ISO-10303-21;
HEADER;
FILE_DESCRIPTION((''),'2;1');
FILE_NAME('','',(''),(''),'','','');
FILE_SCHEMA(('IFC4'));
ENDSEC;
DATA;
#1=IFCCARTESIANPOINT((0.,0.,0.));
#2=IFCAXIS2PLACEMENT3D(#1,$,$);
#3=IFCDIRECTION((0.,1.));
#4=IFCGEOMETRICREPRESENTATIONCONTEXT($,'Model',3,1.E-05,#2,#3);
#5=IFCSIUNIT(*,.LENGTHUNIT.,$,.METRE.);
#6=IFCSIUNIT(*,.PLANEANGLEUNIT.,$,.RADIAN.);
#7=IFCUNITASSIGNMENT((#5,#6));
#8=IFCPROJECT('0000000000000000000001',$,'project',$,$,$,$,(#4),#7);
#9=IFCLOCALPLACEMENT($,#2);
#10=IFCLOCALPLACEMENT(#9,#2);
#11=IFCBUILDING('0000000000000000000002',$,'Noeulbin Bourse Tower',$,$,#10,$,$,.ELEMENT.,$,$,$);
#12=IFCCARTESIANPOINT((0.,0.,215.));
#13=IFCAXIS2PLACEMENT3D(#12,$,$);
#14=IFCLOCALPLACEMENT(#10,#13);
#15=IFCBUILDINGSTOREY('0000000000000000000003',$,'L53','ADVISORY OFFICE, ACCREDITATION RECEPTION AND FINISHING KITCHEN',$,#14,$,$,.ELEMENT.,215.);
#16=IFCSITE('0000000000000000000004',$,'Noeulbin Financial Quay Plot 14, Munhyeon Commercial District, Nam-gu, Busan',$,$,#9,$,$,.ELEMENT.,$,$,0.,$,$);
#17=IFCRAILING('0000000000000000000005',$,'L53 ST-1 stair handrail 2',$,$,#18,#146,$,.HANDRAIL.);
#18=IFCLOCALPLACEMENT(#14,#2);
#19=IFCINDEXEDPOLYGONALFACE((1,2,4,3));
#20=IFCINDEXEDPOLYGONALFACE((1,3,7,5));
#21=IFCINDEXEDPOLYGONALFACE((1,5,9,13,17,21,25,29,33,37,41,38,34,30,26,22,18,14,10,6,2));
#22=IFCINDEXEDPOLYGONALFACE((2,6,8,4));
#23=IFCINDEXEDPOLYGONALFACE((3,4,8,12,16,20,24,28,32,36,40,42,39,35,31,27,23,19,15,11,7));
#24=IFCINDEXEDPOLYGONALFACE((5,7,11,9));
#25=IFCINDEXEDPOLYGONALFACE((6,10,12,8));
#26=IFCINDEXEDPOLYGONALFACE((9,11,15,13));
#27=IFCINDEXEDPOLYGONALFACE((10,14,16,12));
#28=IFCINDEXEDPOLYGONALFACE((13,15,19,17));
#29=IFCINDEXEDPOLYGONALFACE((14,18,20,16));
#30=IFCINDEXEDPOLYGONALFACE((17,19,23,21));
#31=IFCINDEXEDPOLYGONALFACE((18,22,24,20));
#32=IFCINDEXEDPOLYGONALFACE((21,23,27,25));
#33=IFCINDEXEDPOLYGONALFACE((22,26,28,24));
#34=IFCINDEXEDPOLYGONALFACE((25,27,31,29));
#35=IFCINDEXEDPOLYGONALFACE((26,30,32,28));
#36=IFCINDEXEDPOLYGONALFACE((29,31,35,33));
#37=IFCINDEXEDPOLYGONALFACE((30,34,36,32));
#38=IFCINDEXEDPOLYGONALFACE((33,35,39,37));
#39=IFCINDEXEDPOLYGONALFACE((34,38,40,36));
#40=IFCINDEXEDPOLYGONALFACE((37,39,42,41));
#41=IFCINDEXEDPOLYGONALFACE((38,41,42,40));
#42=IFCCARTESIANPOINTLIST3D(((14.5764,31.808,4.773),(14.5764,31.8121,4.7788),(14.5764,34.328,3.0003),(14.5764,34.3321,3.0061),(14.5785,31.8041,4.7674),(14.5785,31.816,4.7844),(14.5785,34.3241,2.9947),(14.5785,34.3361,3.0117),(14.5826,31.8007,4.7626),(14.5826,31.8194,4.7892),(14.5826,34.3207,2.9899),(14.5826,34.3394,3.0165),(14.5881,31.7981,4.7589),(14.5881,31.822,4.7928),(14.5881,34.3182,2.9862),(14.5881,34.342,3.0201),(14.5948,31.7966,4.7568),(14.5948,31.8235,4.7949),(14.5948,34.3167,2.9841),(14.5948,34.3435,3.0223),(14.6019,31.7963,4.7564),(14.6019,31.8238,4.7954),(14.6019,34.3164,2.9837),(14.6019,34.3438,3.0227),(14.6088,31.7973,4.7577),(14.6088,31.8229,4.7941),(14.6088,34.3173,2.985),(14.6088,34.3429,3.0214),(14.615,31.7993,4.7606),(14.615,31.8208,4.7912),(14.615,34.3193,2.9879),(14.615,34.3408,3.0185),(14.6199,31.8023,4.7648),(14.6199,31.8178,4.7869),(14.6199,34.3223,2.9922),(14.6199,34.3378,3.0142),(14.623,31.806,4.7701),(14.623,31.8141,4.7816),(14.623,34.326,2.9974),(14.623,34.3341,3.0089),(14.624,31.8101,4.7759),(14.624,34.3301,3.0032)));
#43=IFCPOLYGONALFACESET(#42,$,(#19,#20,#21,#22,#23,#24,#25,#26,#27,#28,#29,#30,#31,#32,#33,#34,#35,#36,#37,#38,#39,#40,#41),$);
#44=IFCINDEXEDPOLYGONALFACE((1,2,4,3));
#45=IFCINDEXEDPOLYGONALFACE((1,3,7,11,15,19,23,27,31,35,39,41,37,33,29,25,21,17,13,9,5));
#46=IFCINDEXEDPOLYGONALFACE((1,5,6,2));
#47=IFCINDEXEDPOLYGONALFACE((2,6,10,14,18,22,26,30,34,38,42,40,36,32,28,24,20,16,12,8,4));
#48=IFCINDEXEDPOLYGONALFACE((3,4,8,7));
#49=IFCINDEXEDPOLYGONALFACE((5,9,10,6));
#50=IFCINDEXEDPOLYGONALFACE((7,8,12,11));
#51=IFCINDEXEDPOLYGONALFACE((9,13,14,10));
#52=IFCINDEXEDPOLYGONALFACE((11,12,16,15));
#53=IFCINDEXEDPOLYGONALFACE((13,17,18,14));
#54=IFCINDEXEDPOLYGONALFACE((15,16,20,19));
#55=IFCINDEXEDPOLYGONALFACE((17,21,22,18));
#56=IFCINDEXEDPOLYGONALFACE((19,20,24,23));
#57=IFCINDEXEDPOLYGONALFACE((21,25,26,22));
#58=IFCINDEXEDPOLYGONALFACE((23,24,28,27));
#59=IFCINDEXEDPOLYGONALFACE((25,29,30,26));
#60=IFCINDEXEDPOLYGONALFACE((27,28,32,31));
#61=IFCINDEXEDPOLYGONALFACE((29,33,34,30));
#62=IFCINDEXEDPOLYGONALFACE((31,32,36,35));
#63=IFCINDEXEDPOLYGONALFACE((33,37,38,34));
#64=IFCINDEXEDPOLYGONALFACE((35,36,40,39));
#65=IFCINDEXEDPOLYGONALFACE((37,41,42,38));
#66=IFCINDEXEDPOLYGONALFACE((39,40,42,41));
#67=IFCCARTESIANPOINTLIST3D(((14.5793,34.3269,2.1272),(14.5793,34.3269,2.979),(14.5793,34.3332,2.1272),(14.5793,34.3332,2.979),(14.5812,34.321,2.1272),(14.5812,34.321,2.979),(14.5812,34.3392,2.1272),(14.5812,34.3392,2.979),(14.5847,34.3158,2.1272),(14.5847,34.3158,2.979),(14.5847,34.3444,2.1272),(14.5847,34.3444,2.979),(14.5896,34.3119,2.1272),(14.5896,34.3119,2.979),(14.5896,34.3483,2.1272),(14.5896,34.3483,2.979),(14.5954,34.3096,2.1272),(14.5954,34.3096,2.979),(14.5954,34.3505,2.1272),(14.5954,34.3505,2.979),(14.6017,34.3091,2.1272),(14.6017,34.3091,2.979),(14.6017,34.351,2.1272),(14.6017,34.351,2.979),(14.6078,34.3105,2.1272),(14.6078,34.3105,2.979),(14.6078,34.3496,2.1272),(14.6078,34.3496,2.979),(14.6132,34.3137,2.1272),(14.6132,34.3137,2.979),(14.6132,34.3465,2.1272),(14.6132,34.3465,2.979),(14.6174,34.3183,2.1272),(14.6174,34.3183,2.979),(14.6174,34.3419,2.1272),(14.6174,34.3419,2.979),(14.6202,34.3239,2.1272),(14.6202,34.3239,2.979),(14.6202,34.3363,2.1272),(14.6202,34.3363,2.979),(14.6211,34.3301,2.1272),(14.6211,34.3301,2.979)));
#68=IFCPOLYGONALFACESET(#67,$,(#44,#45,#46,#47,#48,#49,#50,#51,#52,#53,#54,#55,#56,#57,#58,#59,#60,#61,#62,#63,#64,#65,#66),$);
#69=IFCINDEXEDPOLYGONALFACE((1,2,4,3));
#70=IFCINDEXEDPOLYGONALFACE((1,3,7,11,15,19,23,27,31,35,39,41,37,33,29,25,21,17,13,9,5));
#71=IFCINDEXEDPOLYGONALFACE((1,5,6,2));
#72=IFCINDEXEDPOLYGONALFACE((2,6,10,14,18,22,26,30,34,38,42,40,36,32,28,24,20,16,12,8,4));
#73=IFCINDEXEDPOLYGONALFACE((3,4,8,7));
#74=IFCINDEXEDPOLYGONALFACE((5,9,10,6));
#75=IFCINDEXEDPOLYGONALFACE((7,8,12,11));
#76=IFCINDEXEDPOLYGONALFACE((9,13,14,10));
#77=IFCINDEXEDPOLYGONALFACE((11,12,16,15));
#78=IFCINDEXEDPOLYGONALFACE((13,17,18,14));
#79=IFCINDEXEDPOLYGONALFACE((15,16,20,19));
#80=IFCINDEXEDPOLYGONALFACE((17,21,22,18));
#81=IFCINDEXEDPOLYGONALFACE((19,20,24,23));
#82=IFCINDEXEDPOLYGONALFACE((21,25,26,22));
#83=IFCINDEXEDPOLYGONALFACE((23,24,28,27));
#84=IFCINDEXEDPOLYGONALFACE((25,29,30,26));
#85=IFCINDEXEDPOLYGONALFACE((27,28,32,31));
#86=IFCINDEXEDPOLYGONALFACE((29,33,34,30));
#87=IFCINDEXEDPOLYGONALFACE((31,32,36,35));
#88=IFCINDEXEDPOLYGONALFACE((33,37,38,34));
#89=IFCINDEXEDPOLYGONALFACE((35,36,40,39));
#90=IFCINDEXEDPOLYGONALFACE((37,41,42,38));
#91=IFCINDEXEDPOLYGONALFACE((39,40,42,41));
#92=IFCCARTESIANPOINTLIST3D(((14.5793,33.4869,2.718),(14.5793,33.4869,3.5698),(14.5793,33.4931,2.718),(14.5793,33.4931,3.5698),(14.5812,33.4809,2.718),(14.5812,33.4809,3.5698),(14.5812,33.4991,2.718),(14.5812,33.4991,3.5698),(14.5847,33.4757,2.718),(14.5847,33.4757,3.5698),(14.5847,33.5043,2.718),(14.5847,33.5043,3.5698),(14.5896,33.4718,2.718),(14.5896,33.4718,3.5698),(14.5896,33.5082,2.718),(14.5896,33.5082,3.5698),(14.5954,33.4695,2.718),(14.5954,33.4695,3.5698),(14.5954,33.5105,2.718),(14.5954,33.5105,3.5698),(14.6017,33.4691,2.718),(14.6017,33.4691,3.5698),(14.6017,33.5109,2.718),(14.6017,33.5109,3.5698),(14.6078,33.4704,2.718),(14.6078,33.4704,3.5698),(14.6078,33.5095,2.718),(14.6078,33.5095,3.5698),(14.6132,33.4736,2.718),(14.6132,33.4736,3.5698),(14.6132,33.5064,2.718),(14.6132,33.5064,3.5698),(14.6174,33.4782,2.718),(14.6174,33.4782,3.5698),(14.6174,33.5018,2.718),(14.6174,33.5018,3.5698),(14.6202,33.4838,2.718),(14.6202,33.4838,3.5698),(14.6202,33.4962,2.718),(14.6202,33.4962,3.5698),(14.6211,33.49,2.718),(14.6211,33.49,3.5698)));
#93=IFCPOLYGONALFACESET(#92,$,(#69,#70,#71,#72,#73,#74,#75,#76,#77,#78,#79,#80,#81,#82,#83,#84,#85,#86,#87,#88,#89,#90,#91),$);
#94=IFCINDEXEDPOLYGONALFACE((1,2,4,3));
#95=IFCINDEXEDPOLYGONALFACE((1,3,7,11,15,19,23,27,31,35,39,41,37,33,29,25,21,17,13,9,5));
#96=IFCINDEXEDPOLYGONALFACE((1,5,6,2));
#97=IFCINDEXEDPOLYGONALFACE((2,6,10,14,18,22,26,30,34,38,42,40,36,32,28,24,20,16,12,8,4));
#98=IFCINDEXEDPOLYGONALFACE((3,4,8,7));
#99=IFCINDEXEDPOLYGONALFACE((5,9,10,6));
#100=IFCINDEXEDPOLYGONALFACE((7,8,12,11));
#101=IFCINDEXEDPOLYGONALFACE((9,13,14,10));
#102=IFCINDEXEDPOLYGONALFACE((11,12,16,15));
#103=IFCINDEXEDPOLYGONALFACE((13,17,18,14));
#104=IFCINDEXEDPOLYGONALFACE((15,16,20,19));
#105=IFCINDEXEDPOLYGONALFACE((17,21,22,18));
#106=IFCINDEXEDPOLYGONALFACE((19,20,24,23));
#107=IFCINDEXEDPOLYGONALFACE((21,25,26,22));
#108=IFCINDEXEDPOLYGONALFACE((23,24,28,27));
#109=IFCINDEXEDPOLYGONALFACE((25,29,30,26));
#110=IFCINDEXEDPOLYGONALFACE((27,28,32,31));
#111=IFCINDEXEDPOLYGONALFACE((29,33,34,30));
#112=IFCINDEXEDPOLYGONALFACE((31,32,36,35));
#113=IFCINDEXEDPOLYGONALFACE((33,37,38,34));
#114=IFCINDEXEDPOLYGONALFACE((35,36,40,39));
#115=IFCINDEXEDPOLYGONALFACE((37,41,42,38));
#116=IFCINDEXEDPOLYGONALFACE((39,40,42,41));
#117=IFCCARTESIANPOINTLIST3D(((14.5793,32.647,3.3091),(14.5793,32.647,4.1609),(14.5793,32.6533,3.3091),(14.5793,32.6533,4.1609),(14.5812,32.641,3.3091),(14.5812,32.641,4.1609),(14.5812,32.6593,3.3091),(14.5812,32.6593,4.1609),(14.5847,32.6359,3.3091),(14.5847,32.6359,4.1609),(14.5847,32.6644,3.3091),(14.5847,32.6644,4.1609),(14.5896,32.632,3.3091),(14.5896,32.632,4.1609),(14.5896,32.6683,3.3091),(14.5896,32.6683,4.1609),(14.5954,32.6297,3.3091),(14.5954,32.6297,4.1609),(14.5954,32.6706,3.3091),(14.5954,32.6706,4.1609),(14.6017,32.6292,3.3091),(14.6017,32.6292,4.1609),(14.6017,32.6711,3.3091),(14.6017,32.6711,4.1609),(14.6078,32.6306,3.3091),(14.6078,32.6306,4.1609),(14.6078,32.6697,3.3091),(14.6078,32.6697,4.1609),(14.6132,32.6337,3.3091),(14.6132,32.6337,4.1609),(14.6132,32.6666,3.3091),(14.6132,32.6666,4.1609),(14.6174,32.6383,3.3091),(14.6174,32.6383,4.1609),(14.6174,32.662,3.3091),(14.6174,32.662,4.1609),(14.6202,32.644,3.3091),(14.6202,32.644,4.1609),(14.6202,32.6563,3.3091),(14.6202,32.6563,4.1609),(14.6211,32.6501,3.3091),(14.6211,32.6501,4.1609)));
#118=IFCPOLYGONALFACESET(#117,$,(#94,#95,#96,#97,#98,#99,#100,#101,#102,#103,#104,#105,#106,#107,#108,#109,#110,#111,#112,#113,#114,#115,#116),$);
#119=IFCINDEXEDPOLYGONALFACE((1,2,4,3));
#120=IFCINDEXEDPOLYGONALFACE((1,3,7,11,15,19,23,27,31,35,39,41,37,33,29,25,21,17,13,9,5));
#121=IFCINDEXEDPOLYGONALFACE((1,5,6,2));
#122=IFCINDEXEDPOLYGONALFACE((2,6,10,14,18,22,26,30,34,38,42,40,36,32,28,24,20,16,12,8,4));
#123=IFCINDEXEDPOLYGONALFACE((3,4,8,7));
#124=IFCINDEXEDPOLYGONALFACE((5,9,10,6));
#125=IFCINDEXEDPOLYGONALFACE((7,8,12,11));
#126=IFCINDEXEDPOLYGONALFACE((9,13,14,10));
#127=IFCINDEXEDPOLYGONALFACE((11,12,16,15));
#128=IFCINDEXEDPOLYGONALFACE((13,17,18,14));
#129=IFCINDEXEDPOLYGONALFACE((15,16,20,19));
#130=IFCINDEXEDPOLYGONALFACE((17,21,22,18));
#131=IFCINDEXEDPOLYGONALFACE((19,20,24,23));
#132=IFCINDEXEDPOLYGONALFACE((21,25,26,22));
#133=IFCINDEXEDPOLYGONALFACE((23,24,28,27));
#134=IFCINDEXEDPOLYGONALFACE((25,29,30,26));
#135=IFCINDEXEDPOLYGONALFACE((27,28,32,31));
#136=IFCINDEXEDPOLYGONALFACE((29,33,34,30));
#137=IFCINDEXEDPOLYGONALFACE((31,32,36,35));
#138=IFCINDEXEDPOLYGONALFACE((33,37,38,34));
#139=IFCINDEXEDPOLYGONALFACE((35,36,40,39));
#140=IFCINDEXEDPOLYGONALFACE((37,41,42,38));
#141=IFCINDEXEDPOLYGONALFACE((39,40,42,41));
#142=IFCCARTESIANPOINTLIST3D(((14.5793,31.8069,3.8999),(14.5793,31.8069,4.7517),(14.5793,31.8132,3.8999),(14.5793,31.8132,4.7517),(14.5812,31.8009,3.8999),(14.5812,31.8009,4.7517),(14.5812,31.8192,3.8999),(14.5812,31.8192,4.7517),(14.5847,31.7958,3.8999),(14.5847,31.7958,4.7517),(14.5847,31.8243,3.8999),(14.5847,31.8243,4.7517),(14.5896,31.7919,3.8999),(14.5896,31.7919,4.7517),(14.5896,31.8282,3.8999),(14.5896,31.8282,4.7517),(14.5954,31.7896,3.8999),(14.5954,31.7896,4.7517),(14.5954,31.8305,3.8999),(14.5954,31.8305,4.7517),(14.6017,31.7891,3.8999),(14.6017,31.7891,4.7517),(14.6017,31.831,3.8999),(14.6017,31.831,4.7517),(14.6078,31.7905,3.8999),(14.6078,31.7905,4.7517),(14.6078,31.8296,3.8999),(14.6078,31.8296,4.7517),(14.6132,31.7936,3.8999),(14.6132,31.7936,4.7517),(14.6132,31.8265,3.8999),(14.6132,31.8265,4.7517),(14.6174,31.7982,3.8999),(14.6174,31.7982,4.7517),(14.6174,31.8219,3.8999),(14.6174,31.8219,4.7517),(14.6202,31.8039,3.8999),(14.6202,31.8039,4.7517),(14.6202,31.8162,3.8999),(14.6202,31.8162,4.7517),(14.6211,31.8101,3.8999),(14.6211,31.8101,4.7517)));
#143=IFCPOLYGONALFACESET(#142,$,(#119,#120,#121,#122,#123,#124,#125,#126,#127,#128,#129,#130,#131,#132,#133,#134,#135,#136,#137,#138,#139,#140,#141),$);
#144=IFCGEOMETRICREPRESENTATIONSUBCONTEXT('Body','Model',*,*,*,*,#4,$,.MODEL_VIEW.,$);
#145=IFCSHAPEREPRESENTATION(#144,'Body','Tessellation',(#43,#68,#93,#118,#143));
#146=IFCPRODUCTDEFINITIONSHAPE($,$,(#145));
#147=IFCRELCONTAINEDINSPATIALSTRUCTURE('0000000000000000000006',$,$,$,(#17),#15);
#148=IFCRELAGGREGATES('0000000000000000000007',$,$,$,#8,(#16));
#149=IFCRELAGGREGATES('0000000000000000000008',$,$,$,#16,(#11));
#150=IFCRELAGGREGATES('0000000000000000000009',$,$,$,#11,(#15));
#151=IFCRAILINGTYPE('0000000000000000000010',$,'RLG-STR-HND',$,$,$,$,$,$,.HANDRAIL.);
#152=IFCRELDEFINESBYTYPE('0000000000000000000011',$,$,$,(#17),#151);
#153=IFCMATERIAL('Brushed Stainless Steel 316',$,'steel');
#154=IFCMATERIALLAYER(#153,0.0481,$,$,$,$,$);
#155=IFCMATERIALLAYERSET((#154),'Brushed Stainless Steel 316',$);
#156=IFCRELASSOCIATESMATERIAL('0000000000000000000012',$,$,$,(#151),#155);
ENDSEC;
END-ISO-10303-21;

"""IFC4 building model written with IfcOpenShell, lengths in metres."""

from ifc_helpers import new_model, si_unit, direction, frame, origin, origin_2d, place, context, subcontext, project, spatial, circle, extrude, material, layer, layer_set, type_object, element, save


model = new_model("IFC4")

# Units and contexts
model_context = context("Model", 3, precision=1e-05, world=origin(), true_north=direction((0.0, 1.0)))
body_context = subcontext(model_context, "Body", "Model", "MODEL_VIEW")
ifc_project = project(units=[si_unit("LENGTHUNIT", "METRE"), si_unit("PLANEANGLEUNIT", "RADIAN")], contexts=[model_context])

# Site, building, storey
site_placement = place(None, origin())
site = spatial("IfcSite", under=ifc_project, at=site_placement, Name="Noeulbin Financial Quay Plot 14, Munhyeon Commercial District, Nam-gu, Busan", CompositionType="ELEMENT", RefElevation=0.0)
building_placement = place(site_placement, origin())
building = spatial("IfcBuilding", under=site, at=building_placement, Name="Noeulbin Bourse Tower", CompositionType="ELEMENT")
storey_placement = place(building_placement, frame((0.0, 0.0, 215.0)))
storey = spatial("IfcBuildingStorey", under=building, at=storey_placement, Name="L53", Description="ADVISORY OFFICE, ACCREDITATION RECEPTION AND FINISHING KITCHEN", CompositionType="ELEMENT", Elevation=215.0)

# Railing
ifc_material_1 = material(Name="Brushed Stainless Steel 316", Category="steel")
ifc_layer_1 = layer(ifc_material_1, 0.0481)
ifc_layer_set_1 = layer_set([ifc_layer_1], Name="Brushed Stainless Steel 316")
railing_type_1 = type_object("IfcRailingType", Name="RLG-STR-HND", PredefinedType="HANDRAIL", material=ifc_layer_set_1)
railing_1_placement = place(storey_placement, frame((14.6001, 34.3301, 2.1272)))
element("IfcRailing", 1, at=railing_1_placement, inside=storey, type_object=railing_type_1, Name="L53 ST-1 stair handrail 2", PredefinedType="HANDRAIL", context=body_context, shape_type="SweptSolid", body=[
    extrude(circle(Radius=0.0239, at=origin_2d()), frame((0.0, 0.0, 0.876), z_axis=(0.0, -0.817904, 0.575354), x_axis=(1.0, 0.0, 0.0)), (0.0, 0.0, 1.0), 3.0811),
    extrude(circle(Radius=0.021, at=origin_2d()), origin(), (0.0, 0.0, 1.0), 0.8518),
    extrude(circle(Radius=0.021, at=origin_2d()), frame((0.0, -0.8401, 0.5908)), (0.0, 0.0, 1.0), 0.8518),
    extrude(circle(Radius=0.021, at=origin_2d()), frame((0.0, -1.6799, 1.1819)), (0.0, 0.0, 1.0), 0.8518),
    extrude(circle(Radius=0.021, at=origin_2d()), frame((0.0, -2.52, 1.7727)), (0.0, 0.0, 1.0), 0.8518),
])

save(model, "model.ifc")
